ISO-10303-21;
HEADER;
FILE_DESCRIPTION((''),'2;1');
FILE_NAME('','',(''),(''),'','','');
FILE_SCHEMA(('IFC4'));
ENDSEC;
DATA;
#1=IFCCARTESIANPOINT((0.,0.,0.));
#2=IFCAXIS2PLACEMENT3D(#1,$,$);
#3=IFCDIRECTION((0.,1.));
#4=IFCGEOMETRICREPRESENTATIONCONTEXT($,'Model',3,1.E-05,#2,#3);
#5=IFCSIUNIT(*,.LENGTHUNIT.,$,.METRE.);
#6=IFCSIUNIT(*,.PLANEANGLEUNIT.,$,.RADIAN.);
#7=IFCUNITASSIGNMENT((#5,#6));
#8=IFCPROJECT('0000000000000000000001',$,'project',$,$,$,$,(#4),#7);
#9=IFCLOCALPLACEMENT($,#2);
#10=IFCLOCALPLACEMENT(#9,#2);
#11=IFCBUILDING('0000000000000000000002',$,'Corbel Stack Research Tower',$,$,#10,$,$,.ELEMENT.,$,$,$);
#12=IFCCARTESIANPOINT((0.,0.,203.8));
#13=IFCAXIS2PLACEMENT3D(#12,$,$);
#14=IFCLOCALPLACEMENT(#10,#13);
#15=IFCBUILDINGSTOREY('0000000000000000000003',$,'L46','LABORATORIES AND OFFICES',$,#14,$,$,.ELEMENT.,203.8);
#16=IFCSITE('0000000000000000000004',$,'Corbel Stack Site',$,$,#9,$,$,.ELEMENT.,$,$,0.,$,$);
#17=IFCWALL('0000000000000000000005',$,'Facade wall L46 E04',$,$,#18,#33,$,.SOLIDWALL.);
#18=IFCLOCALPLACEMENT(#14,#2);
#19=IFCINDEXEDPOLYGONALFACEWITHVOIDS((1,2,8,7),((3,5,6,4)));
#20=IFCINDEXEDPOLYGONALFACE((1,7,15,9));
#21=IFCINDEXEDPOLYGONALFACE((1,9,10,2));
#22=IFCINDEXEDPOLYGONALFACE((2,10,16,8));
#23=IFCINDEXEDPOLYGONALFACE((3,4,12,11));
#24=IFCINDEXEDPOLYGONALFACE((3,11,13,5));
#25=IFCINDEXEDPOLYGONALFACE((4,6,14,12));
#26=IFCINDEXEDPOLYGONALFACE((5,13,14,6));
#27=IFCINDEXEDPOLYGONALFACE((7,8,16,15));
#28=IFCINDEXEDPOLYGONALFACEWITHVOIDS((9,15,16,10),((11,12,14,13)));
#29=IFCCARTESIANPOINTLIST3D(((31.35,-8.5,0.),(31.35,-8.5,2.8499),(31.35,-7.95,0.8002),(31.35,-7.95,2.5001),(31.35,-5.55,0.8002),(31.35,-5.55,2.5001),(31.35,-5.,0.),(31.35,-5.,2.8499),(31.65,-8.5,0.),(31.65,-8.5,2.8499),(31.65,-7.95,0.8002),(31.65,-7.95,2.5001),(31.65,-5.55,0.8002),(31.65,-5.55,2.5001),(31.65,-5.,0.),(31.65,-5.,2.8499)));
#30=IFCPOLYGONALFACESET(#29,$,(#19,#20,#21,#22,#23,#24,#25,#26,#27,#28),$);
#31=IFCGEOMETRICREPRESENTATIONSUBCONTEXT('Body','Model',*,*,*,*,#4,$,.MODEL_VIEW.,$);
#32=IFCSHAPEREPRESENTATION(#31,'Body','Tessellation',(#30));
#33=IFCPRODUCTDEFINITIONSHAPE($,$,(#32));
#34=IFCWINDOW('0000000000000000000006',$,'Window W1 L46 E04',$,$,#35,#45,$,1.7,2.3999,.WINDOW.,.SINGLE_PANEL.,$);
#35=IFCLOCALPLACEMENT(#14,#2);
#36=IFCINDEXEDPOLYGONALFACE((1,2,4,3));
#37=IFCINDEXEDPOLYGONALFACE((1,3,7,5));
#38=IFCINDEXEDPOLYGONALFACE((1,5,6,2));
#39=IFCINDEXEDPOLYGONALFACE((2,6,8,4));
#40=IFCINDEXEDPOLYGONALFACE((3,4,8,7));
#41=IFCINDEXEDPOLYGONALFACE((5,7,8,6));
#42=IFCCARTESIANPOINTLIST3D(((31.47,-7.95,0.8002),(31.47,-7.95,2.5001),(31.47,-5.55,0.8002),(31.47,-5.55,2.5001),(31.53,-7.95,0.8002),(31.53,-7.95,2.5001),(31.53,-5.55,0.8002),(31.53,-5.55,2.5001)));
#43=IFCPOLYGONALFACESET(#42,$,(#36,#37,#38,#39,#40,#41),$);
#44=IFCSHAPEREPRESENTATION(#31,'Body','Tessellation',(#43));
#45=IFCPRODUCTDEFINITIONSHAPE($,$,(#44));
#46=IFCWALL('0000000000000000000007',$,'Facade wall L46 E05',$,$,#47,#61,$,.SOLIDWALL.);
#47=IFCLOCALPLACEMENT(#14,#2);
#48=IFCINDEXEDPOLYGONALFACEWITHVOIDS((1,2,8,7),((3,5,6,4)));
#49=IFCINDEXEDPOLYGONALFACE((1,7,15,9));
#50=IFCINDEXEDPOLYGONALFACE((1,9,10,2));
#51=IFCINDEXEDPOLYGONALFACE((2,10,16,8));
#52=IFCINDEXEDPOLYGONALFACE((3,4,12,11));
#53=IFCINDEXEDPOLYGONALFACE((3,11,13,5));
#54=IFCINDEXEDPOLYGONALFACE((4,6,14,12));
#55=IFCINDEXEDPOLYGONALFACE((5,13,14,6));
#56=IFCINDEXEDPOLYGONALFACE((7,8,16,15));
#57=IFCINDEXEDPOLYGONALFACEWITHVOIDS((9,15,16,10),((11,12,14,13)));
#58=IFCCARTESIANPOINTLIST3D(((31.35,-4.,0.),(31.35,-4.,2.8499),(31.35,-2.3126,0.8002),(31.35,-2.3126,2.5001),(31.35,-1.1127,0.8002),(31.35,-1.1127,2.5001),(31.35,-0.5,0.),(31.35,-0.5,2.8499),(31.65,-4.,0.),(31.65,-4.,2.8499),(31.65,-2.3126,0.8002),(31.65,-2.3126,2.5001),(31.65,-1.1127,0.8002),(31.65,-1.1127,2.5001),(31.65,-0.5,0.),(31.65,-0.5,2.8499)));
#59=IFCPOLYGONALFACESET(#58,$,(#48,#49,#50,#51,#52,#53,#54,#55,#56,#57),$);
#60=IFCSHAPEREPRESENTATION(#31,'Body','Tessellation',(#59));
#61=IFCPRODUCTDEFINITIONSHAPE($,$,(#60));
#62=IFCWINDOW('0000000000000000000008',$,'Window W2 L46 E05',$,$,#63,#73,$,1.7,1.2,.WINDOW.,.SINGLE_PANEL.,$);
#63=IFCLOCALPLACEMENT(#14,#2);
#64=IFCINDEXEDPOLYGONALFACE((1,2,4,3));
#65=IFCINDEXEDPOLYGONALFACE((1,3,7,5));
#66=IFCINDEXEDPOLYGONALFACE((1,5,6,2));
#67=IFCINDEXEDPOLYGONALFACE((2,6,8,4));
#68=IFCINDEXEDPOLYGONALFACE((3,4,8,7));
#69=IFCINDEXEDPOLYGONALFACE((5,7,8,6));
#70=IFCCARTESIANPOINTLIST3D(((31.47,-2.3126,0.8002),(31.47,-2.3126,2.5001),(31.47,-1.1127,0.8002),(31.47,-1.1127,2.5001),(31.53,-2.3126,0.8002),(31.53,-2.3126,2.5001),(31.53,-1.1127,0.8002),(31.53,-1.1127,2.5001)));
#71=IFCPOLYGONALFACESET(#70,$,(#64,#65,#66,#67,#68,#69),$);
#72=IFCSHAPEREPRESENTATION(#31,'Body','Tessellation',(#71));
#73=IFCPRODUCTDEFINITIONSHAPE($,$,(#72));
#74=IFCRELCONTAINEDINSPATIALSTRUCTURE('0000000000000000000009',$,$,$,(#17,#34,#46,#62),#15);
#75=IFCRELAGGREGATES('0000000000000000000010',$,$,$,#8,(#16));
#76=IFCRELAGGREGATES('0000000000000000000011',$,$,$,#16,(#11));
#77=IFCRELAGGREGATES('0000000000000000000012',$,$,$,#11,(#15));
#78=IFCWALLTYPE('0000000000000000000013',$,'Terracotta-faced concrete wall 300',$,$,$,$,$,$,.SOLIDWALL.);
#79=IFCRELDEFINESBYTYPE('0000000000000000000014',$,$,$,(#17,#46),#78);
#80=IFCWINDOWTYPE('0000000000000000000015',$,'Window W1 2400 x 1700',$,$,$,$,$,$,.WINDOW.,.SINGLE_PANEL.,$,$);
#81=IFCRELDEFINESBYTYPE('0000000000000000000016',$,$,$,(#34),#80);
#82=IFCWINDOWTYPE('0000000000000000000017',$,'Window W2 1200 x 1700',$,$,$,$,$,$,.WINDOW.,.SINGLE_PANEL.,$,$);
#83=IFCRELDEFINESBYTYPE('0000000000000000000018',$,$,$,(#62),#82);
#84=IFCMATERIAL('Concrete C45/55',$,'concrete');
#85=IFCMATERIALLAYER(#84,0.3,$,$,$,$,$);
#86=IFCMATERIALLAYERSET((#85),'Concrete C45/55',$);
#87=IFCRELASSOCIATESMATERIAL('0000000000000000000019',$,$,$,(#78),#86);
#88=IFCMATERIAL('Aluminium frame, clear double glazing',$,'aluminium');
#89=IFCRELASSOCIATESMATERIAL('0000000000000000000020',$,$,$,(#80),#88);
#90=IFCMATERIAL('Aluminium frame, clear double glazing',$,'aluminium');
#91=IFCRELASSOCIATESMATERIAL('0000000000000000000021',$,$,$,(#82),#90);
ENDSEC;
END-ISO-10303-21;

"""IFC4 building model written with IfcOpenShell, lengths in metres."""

from ifc_helpers import new_model, si_unit, direction, frame, frame_2d, origin, place, context, subcontext, project, spatial, rectangle, extrude, material, layer, layer_set, type_object, element, fill, save


model = new_model("IFC4")

# Units and contexts
model_context = context("Model", 3, precision=1e-05, world=origin(), true_north=direction((0.0, 1.0)))
body_context = subcontext(model_context, "Body", "Model", "MODEL_VIEW")
ifc_project = project(units=[si_unit("LENGTHUNIT", "METRE"), si_unit("PLANEANGLEUNIT", "RADIAN")], contexts=[model_context])

# Site, building, storey
site_placement = place(None, origin())
site = spatial("IfcSite", under=ifc_project, at=site_placement, Name="Corbel Stack Site", CompositionType="ELEMENT", RefElevation=0.0)
building_placement = place(site_placement, origin())
building = spatial("IfcBuilding", under=site, at=building_placement, Name="Corbel Stack Research Tower", CompositionType="ELEMENT")
storey_placement = place(building_placement, frame((0.0, 0.0, 203.8)))
storey = spatial("IfcBuildingStorey", under=building, at=storey_placement, Name="L46", Description="LABORATORIES AND OFFICES", CompositionType="ELEMENT", Elevation=203.8)

# Walls, openings, windows
ifc_material_1 = material(Name="Concrete C45/55", Category="concrete")
ifc_layer_1 = layer(ifc_material_1, 0.3)
ifc_layer_set_1 = layer_set([ifc_layer_1], Name="Concrete C45/55")
wall_type_1 = type_object("IfcWallType", Name="Terracotta-faced concrete wall 300", PredefinedType="SOLIDWALL", material=ifc_layer_set_1)
wall_1_placement = place(storey_placement, frame((31.5, -5.0, 0.0), z_axis=(0.0, 0.0, 1.0), x_axis=(0.0, -1.0, 0.0)))
wall_1 = element("IfcWall", 1, at=wall_1_placement, inside=storey, type_object=wall_type_1, Name="Facade wall L46 E04", PredefinedType="SOLIDWALL", context=body_context, shape_type="SweptSolid", body=[
    extrude(rectangle(XDim=3.5, YDim=0.3, at=frame_2d((1.75, 0.0))), origin(), (0.0, 0.0, 1.0), 2.8499),
])
opening_1_placement = place(wall_1_placement, frame((0.55, 0.0, 0.8)))
opening_1 = element("IfcOpeningElement", 2, at=opening_1_placement, cuts=wall_1, PredefinedType="OPENING", context=body_context, shape_type="SweptSolid", body=[
    extrude(rectangle(XDim=2.3999, YDim=1.7, at=frame_2d((1.2, 0.8501))), frame((0.0, 0.1599, 0.0), z_axis=(0.0, -1.0, 0.0), x_axis=(1.0, 0.0, 0.0)), (0.0, 0.0, 1.0), 0.3201),
])
ifc_material_2 = material(Name="Aluminium frame, clear double glazing", Category="aluminium")
window_type_1 = type_object("IfcWindowType", Name="Window W1 2400 x 1700", PartitioningType="SINGLE_PANEL", PredefinedType="WINDOW", material=ifc_material_2)
window_1_placement = place(opening_1_placement, origin())
window_1 = element("IfcWindow", 3, at=window_1_placement, inside=storey, type_object=window_type_1, Name="Window W1 L46 E04", OverallHeight=1.7, OverallWidth=2.3999, PartitioningType="SINGLE_PANEL", PredefinedType="WINDOW", context=body_context, shape_type="SweptSolid", body=[
    extrude(rectangle(XDim=2.3999, YDim=1.7, at=frame_2d((1.2, 0.8501))), frame((0.0, 0.03, 0.0), z_axis=(0.0, -1.0, 0.0), x_axis=(1.0, 0.0, 0.0)), (0.0, 0.0, 1.0), 0.0601),
])
fill(opening_1, window_1)
wall_2_placement = place(storey_placement, frame((31.5, -0.5, 0.0), z_axis=(0.0, 0.0, 1.0), x_axis=(0.0, -1.0, 0.0)))
wall_2 = element("IfcWall", 4, at=wall_2_placement, inside=storey, type_object=wall_type_1, Name="Facade wall L46 E05", PredefinedType="SOLIDWALL", context=body_context, shape_type="SweptSolid", body=[
    extrude(rectangle(XDim=3.5, YDim=0.3, at=frame_2d((1.75, 0.0))), origin(), (0.0, 0.0, 1.0), 2.8499),
])
opening_2_placement = place(wall_2_placement, frame((0.6125, 0.0, 0.8)))
opening_2 = element("IfcOpeningElement", 5, at=opening_2_placement, cuts=wall_2, PredefinedType="OPENING", context=body_context, shape_type="SweptSolid", body=[
    extrude(rectangle(XDim=1.2, YDim=1.7, at=frame_2d((0.6001, 0.8501))), frame((0.0, 0.1599, 0.0), z_axis=(0.0, -1.0, 0.0), x_axis=(1.0, 0.0, 0.0)), (0.0, 0.0, 1.0), 0.3201),
])
ifc_material_3 = material(Name="Aluminium frame, clear double glazing", Category="aluminium")
window_type_2 = type_object("IfcWindowType", Name="Window W2 1200 x 1700", PartitioningType="SINGLE_PANEL", PredefinedType="WINDOW", material=ifc_material_3)
window_2_placement = place(opening_2_placement, origin())
window_2 = element("IfcWindow", 6, at=window_2_placement, inside=storey, type_object=window_type_2, Name="Window W2 L46 E05", OverallHeight=1.7, OverallWidth=1.2, PartitioningType="SINGLE_PANEL", PredefinedType="WINDOW", context=body_context, shape_type="SweptSolid", body=[
    extrude(rectangle(XDim=1.2, YDim=1.7, at=frame_2d((0.6001, 0.8501))), frame((0.0, 0.03, 0.0), z_axis=(0.0, -1.0, 0.0), x_axis=(1.0, 0.0, 0.0)), (0.0, 0.0, 1.0), 0.0601),
])
fill(opening_2, window_2)

save(model, "model.ifc")
